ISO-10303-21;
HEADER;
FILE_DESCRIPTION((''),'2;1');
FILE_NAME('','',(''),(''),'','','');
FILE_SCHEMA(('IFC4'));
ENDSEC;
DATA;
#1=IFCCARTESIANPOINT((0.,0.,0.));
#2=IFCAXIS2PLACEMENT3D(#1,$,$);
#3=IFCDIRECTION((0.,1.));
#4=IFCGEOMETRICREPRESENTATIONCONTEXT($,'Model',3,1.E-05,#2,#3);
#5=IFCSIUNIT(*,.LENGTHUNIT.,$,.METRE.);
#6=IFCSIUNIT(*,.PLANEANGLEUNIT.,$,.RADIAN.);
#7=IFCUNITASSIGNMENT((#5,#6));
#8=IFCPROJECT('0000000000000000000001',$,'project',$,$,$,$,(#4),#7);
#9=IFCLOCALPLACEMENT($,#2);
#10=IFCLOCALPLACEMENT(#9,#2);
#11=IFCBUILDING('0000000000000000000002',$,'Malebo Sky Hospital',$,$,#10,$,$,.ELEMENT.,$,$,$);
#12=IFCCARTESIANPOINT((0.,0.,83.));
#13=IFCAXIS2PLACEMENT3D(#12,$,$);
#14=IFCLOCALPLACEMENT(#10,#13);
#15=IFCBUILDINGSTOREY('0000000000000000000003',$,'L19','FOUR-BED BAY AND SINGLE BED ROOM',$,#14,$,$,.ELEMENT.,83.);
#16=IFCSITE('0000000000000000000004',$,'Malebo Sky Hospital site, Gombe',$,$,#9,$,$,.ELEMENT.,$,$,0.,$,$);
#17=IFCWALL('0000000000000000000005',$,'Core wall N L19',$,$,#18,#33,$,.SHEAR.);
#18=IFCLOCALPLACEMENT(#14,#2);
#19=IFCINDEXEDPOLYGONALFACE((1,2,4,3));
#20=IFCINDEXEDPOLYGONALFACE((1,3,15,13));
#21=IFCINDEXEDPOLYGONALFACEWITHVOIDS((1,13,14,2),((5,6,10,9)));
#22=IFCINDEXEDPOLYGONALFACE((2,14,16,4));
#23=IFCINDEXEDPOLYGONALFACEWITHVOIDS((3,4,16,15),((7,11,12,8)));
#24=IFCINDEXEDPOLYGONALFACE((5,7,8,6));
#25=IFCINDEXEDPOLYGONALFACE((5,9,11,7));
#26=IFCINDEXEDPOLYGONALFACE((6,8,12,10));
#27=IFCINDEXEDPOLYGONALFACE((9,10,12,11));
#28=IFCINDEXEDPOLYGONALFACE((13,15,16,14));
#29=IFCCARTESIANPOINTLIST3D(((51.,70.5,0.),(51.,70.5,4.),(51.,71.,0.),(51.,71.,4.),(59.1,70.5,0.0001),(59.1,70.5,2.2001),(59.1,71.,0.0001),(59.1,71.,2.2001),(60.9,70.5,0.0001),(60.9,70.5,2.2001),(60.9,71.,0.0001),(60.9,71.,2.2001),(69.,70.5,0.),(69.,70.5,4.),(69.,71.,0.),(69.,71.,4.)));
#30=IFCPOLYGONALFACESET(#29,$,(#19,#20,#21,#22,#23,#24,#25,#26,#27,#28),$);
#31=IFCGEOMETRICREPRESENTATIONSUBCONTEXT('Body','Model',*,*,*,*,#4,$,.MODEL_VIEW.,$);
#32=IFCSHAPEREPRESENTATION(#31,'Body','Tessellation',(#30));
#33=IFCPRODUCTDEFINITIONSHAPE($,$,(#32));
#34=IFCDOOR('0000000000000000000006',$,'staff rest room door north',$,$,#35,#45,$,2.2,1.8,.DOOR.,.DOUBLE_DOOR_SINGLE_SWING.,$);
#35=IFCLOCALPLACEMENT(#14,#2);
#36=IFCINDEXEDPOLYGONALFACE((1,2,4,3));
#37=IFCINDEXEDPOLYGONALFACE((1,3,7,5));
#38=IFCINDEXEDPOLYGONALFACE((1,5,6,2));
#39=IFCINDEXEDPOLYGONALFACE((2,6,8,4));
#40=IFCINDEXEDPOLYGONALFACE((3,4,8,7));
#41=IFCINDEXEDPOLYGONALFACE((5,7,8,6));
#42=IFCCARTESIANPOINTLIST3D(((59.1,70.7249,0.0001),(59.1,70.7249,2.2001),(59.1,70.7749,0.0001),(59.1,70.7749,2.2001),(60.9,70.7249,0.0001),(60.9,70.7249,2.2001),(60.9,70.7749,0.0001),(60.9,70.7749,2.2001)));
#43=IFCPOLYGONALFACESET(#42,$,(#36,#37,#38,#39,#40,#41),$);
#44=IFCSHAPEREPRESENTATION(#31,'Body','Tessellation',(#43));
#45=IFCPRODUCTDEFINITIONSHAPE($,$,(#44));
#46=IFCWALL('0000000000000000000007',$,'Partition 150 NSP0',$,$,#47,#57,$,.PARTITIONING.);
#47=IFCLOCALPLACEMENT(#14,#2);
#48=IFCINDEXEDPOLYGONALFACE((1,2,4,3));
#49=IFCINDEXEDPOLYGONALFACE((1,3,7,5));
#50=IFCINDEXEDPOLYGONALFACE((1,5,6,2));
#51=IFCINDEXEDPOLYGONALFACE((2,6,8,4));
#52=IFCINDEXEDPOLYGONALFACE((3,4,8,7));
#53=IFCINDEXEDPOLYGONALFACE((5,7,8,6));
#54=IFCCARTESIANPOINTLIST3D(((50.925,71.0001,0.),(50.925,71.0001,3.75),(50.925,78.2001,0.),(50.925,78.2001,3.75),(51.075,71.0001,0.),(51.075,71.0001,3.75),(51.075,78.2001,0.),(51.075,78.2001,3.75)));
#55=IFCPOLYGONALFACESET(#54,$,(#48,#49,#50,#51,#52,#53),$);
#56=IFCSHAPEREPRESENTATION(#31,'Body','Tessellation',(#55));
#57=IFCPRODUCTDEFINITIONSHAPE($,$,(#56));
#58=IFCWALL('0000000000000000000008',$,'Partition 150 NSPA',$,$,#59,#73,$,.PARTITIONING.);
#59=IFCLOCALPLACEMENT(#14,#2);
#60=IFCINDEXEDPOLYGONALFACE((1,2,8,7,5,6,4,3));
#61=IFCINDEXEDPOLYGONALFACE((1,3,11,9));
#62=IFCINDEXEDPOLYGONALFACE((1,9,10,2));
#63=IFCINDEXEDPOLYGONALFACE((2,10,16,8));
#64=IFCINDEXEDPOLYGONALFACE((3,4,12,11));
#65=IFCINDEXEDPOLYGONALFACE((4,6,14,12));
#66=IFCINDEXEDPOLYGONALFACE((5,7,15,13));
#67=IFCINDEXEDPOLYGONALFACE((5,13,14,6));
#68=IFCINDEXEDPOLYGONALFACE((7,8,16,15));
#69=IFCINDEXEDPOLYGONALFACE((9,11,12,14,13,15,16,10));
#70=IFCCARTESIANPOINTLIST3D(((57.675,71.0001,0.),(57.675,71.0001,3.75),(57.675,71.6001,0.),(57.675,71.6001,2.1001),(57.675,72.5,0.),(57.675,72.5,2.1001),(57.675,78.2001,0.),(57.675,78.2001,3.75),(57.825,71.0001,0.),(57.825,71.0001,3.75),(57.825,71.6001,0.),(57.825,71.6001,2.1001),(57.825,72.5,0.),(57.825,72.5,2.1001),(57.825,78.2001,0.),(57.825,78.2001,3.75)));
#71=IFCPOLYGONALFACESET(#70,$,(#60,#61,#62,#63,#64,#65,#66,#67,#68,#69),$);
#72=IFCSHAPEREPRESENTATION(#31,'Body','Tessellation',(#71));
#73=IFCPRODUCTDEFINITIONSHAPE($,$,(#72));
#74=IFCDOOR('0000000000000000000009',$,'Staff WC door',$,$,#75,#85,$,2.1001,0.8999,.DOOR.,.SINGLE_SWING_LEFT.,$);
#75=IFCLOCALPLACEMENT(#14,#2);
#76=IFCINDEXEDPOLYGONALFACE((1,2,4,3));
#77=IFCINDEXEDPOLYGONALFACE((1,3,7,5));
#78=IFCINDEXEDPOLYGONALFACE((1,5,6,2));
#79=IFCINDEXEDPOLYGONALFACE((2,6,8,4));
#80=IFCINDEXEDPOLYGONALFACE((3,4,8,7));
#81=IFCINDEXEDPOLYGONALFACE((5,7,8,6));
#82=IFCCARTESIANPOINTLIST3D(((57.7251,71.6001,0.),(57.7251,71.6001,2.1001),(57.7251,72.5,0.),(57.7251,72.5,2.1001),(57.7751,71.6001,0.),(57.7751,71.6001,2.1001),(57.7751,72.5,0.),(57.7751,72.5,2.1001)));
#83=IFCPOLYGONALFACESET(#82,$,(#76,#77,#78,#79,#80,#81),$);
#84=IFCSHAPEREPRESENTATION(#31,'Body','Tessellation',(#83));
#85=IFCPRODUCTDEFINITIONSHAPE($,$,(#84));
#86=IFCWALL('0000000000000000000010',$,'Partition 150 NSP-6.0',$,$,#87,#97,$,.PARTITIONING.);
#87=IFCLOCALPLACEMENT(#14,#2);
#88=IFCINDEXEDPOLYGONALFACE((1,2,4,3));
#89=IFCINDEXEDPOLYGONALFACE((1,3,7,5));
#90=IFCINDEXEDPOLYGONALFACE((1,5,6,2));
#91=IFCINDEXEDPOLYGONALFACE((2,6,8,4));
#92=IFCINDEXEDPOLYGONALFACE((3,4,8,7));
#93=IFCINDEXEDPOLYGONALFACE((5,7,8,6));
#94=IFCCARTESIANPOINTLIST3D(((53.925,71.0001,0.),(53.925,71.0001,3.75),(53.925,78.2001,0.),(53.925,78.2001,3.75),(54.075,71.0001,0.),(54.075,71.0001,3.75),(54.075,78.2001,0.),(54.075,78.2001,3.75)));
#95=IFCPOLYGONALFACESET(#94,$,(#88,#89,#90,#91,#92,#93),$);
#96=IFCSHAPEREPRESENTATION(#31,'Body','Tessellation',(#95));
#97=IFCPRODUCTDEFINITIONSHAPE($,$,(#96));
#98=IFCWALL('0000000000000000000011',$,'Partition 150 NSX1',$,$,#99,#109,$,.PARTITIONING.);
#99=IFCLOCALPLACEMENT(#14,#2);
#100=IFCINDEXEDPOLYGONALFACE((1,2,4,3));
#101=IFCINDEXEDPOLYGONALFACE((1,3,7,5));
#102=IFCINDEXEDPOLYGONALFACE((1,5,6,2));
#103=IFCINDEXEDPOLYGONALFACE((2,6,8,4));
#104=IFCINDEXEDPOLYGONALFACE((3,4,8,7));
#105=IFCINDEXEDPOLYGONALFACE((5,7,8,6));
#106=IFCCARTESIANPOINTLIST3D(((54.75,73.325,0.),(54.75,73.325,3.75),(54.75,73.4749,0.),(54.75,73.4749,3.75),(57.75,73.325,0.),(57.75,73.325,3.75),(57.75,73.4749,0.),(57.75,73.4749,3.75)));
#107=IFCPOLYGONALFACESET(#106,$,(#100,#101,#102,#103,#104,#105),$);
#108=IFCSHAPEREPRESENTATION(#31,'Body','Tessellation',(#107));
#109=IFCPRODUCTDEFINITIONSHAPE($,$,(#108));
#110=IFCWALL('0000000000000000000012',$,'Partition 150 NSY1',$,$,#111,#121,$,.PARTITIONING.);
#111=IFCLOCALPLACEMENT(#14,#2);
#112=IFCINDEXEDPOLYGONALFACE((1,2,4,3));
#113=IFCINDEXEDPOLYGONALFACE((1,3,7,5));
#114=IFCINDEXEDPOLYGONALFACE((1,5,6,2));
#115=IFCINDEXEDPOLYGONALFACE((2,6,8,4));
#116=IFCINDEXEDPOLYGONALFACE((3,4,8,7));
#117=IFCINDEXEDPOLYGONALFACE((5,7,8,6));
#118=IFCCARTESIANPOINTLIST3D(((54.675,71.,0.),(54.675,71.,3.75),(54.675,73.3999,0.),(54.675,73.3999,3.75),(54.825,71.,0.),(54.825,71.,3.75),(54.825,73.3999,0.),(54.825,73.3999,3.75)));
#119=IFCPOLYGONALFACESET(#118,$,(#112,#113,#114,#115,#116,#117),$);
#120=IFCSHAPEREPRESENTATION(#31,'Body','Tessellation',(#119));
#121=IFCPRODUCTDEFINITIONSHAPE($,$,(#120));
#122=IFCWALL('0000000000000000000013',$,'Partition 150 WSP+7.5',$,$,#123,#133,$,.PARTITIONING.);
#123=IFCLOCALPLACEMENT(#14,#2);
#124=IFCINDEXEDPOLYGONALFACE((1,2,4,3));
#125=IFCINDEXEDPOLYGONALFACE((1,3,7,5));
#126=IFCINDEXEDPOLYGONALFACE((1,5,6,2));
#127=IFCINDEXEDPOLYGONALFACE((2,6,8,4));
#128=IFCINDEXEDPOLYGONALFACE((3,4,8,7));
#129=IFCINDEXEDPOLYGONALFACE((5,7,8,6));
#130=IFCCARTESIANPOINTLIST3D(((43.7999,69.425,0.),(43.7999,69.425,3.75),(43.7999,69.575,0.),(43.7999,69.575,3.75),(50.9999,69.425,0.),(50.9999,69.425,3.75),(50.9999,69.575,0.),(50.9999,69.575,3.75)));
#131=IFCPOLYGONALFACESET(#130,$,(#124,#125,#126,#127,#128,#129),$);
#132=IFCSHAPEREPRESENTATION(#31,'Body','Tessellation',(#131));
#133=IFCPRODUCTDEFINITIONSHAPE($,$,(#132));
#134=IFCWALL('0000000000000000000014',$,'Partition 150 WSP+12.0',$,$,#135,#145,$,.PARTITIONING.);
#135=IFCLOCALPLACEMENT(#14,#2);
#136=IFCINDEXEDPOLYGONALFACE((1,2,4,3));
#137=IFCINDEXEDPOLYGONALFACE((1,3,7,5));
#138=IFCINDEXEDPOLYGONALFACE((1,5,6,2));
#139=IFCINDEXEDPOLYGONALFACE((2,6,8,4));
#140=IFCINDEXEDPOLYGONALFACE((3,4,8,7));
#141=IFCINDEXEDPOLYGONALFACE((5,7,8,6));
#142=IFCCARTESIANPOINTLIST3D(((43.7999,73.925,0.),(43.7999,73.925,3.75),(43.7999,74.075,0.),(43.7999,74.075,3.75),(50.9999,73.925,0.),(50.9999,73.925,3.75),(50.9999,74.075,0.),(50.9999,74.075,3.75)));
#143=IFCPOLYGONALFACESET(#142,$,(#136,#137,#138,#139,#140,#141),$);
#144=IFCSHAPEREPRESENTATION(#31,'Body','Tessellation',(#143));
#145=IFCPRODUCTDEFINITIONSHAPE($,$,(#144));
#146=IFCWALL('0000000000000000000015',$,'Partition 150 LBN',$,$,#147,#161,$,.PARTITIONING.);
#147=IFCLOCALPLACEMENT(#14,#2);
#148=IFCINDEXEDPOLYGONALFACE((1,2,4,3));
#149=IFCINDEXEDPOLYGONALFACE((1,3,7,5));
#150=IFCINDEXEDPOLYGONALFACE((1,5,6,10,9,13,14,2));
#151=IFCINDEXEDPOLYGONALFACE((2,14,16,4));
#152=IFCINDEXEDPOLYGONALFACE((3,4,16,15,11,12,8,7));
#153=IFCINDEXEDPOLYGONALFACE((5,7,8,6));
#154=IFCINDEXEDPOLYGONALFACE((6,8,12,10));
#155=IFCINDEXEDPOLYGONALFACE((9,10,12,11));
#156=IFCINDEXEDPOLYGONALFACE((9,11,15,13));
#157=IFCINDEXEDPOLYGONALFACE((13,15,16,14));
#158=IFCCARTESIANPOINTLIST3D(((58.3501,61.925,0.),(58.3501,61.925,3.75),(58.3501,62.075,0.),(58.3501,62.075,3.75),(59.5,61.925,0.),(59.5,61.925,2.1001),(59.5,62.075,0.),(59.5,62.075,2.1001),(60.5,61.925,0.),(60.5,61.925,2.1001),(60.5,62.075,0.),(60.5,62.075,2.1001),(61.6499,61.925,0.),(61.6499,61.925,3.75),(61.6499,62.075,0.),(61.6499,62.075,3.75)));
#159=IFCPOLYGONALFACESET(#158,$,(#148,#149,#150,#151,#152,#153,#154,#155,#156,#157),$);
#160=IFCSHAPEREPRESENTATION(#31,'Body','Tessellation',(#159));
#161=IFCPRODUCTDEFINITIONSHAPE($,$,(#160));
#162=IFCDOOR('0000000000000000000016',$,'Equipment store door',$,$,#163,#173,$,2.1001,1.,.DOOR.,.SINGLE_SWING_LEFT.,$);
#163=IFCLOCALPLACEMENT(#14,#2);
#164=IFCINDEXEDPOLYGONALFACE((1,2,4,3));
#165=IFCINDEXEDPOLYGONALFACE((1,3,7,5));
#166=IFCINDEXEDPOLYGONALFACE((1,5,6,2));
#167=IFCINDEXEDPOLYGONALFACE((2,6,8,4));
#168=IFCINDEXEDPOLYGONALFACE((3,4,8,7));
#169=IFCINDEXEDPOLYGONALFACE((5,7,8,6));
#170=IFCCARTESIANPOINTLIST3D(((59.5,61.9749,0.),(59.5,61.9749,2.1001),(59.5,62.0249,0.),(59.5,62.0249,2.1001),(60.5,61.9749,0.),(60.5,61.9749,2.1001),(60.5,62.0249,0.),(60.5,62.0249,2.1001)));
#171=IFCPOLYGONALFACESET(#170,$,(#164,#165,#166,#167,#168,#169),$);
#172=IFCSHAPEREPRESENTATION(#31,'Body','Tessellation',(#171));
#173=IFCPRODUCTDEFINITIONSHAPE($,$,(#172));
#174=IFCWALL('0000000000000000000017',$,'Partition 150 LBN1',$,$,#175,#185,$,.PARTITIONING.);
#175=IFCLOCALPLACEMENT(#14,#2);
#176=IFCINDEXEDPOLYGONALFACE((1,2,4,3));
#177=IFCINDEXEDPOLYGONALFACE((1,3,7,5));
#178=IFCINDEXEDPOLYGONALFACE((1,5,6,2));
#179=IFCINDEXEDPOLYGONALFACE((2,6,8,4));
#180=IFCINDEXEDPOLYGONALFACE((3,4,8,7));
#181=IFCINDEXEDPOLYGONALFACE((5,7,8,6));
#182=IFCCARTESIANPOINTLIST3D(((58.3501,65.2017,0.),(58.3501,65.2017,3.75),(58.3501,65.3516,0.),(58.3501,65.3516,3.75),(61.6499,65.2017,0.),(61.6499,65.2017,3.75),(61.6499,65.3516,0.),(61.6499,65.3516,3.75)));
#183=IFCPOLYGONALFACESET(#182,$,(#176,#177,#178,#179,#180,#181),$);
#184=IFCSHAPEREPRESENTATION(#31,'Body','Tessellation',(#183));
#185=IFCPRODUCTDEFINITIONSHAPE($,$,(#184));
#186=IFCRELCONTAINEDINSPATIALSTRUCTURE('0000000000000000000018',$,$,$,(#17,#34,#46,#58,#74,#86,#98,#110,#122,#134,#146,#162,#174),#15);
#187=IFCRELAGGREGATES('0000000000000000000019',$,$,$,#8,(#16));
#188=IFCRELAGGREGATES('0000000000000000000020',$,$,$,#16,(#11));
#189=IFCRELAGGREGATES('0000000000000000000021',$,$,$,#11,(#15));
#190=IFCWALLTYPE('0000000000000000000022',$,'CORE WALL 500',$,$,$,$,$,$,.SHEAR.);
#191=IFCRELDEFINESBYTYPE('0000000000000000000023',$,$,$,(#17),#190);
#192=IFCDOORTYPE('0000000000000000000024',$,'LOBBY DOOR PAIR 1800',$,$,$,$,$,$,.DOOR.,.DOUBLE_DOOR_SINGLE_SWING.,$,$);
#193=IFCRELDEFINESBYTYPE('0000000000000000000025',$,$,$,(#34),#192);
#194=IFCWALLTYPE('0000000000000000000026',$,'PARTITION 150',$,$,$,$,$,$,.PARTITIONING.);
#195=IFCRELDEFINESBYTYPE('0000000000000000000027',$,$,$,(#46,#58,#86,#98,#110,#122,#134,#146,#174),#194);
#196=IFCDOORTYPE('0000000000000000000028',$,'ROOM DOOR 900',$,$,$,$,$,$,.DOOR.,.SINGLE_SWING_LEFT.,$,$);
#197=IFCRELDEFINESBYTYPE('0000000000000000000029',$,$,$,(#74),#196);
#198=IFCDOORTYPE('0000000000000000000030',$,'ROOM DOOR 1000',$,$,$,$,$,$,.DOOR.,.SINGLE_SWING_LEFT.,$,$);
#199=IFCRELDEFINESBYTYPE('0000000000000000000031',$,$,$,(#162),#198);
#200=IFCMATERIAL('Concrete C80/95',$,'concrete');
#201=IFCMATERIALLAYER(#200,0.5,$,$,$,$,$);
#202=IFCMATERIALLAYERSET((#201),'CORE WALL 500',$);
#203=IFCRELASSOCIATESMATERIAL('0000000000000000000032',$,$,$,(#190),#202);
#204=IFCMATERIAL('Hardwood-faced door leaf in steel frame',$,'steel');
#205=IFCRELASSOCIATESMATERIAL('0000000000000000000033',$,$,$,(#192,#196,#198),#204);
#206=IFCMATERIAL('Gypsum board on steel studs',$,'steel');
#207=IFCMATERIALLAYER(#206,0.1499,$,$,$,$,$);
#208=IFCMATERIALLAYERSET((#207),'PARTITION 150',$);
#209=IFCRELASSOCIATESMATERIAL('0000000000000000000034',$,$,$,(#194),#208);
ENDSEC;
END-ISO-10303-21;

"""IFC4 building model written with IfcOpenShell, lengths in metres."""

from ifc_helpers import new_model, si_unit, direction, frame, frame_2d, origin, place, context, subcontext, project, spatial, rectangle, extrude, material, layer, layer_set, type_object, element, fill, save


model = new_model("IFC4")

# Units and contexts
model_context = context("Model", 3, precision=1e-05, world=origin(), true_north=direction((0.0, 1.0)))
body_context = subcontext(model_context, "Body", "Model", "MODEL_VIEW")
ifc_project = project(units=[si_unit("LENGTHUNIT", "METRE"), si_unit("PLANEANGLEUNIT", "RADIAN")], contexts=[model_context])

# Site, building, storey
site_placement = place(None, origin())
site = spatial("IfcSite", under=ifc_project, at=site_placement, Name="Malebo Sky Hospital site, Gombe", CompositionType="ELEMENT", RefElevation=0.0)
building_placement = place(site_placement, origin())
building = spatial("IfcBuilding", under=site, at=building_placement, Name="Malebo Sky Hospital", CompositionType="ELEMENT")
storey_placement = place(building_placement, frame((0.0, 0.0, 83.0)))
storey = spatial("IfcBuildingStorey", under=building, at=storey_placement, Name="L19", Description="FOUR-BED BAY AND SINGLE BED ROOM", CompositionType="ELEMENT", Elevation=83.0)

# Shared definitions
ifc_material_1 = material(Name="Concrete C80/95", Category="concrete")

# Wall, opening, door
ifc_material_2 = material(Name="Hardwood-faced door leaf in steel frame", Category="steel")
ifc_layer_1 = layer(ifc_material_1, 0.5)
ifc_layer_set_1 = layer_set([ifc_layer_1], Name="CORE WALL 500")
wall_type_1 = type_object("IfcWallType", Name="CORE WALL 500", PredefinedType="SHEAR", material=ifc_layer_set_1)
wall_1_placement = place(storey_placement, frame((51.0, 70.75, 0.0), z_axis=(0.0, 0.0, 1.0), x_axis=(1.0, 0.0, 0.0)))
wall_1 = element("IfcWall", 1, at=wall_1_placement, inside=storey, type_object=wall_type_1, Name="Core wall N L19", PredefinedType="SHEAR", context=body_context, shape_type="SweptSolid", body=[
    extrude(rectangle(XDim=18.0, YDim=0.5, at=frame_2d((9.0, 0.0))), origin(), (0.0, 0.0, 1.0), 4.0),
])
opening_1_placement = place(wall_1_placement, frame((8.1001, 0.0, 0.0)))
opening_1 = element("IfcOpeningElement", 2, at=opening_1_placement, cuts=wall_1, PredefinedType="OPENING", context=body_context, shape_type="SweptSolid", body=[
    extrude(rectangle(XDim=1.8, YDim=2.2, at=frame_2d((0.8999, 1.1001))), frame((0.0, 0.26, 0.0), z_axis=(0.0, -1.0, 0.0), x_axis=(1.0, 0.0, 0.0)), (0.0, 0.0, 1.0), 0.52),
])
door_type_1 = type_object("IfcDoorType", Name="LOBBY DOOR PAIR 1800", OperationType="DOUBLE_DOOR_SINGLE_SWING", PredefinedType="DOOR", material=ifc_material_2)
door_1_placement = place(opening_1_placement, origin())
door_1 = element("IfcDoor", 3, at=door_1_placement, inside=storey, type_object=door_type_1, Name="staff rest room door north", OperationType="DOUBLE_DOOR_SINGLE_SWING", OverallHeight=2.2, OverallWidth=1.8, PredefinedType="DOOR", context=body_context, shape_type="SweptSolid", body=[
    extrude(rectangle(XDim=1.8, YDim=2.2, at=frame_2d((0.8999, 1.1001))), frame((0.0, 0.0249, 0.0), z_axis=(0.0, -1.0, 0.0), x_axis=(1.0, 0.0, 0.0)), (0.0, 0.0, 1.0), 0.05),
])
fill(opening_1, door_1)

# Wall
ifc_material_3 = material(Name="Gypsum board on steel studs", Category="steel")
ifc_layer_2 = layer(ifc_material_3, 0.1499)
ifc_layer_set_2 = layer_set([ifc_layer_2], Name="PARTITION 150")
wall_type_2 = type_object("IfcWallType", Name="PARTITION 150", PredefinedType="PARTITIONING", material=ifc_layer_set_2)
wall_2_placement = place(storey_placement, frame((51.0, 71.0, 0.0), z_axis=(0.0, 0.0, 1.0), x_axis=(0.0, 1.0, 0.0)))
element("IfcWall", 4, at=wall_2_placement, inside=storey, type_object=wall_type_2, Name="Partition 150 NSP0", PredefinedType="PARTITIONING", context=body_context, shape_type="SweptSolid", body=[
    extrude(rectangle(XDim=7.2, YDim=0.1499, at=frame_2d((3.6001, 0.0))), origin(), (0.0, 0.0, 1.0), 3.75),
])

# Wall, opening, door
wall_3_placement = place(storey_placement, frame((57.75, 71.0, 0.0), z_axis=(0.0, 0.0, 1.0), x_axis=(0.0, 1.0, 0.0)))
wall_3 = element("IfcWall", 5, at=wall_3_placement, inside=storey, type_object=wall_type_2, Name="Partition 150 NSPA", PredefinedType="PARTITIONING", context=body_context, shape_type="SweptSolid", body=[
    extrude(rectangle(XDim=7.2, YDim=0.1499, at=frame_2d((3.6001, 0.0))), origin(), (0.0, 0.0, 1.0), 3.75),
])
opening_2_placement = place(wall_3_placement, frame((0.6001, 0.0, 0.0)))
opening_2 = element("IfcOpeningElement", 6, at=opening_2_placement, cuts=wall_3, PredefinedType="OPENING", context=body_context, shape_type="SweptSolid", body=[
    extrude(rectangle(XDim=0.8999, YDim=2.1001, at=frame_2d((0.45, 1.05))), frame((0.0, 0.085, 0.0), z_axis=(0.0, -1.0, 0.0), x_axis=(1.0, 0.0, 0.0)), (0.0, 0.0, 1.0), 0.1699),
])
door_type_2 = type_object("IfcDoorType", Name="ROOM DOOR 900", OperationType="SINGLE_SWING_LEFT", PredefinedType="DOOR", material=ifc_material_2)
door_2_placement = place(opening_2_placement, origin())
door_2 = element("IfcDoor", 7, at=door_2_placement, inside=storey, type_object=door_type_2, Name="Staff WC door", OperationType="SINGLE_SWING_LEFT", OverallHeight=2.1001, OverallWidth=0.8999, PredefinedType="DOOR", context=body_context, shape_type="SweptSolid", body=[
    extrude(rectangle(XDim=0.8999, YDim=2.1001, at=frame_2d((0.45, 1.05))), frame((0.0, 0.0249, 0.0), z_axis=(0.0, -1.0, 0.0), x_axis=(1.0, 0.0, 0.0)), (0.0, 0.0, 1.0), 0.05),
])
fill(opening_2, door_2)

# Walls
wall_4_placement = place(storey_placement, frame((54.0, 71.0, 0.0), z_axis=(0.0, 0.0, 1.0), x_axis=(0.0, 1.0, 0.0)))
element("IfcWall", 8, at=wall_4_placement, inside=storey, type_object=wall_type_2, Name="Partition 150 NSP-6.0", PredefinedType="PARTITIONING", context=body_context, shape_type="SweptSolid", body=[
    extrude(rectangle(XDim=7.2, YDim=0.1499, at=frame_2d((3.6001, 0.0))), origin(), (0.0, 0.0, 1.0), 3.75),
])
wall_5_placement = place(storey_placement, frame((54.75, 73.3999, 0.0), z_axis=(0.0, 0.0, 1.0), x_axis=(1.0, 0.0, 0.0)))
element("IfcWall", 9, at=wall_5_placement, inside=storey, type_object=wall_type_2, Name="Partition 150 NSX1", PredefinedType="PARTITIONING", context=body_context, shape_type="SweptSolid", body=[
    extrude(rectangle(XDim=3.0, YDim=0.1499, at=frame_2d((1.5, 0.0))), origin(), (0.0, 0.0, 1.0), 3.75),
])
wall_6_placement = place(storey_placement, frame((54.75, 71.0, 0.0), z_axis=(0.0, 0.0, 1.0), x_axis=(0.0, 1.0, 0.0)))
element("IfcWall", 10, at=wall_6_placement, inside=storey, type_object=wall_type_2, Name="Partition 150 NSY1", PredefinedType="PARTITIONING", context=body_context, shape_type="SweptSolid", body=[
    extrude(rectangle(XDim=2.3999, YDim=0.1499, at=frame_2d((1.2, 0.0))), origin(), (0.0, 0.0, 1.0), 3.75),
])
for number, where, z_axis, x_axis, name in (
    (11, (51.0, 69.5, 0.0), (0.0, 0.0, 1.0), (-1.0, 0.0, 0.0), "Partition 150 WSP+7.5"),
    (12, (51.0, 74.0, 0.0), (0.0, 0.0, 1.0), (-1.0, 0.0, 0.0), "Partition 150 WSP+12.0"),
):
    element("IfcWall", number, at=place(storey_placement, frame(where, z_axis=z_axis, x_axis=x_axis)), inside=storey, type_object=wall_type_2, Name=name, PredefinedType="PARTITIONING", context=body_context, shape_type="SweptSolid", body=[
        extrude(rectangle(XDim=7.2, YDim=0.1499, at=frame_2d((3.6001, 0.0))), origin(), (0.0, 0.0, 1.0), 3.75),
    ])

# Wall, opening, door
wall_7_placement = place(storey_placement, frame((58.3501, 62.0, 0.0), z_axis=(0.0, 0.0, 1.0), x_axis=(1.0, 0.0, 0.0)))
wall_7 = element("IfcWall", 13, at=wall_7_placement, inside=storey, type_object=wall_type_2, Name="Partition 150 LBN", PredefinedType="PARTITIONING", context=body_context, shape_type="SweptSolid", body=[
    extrude(rectangle(XDim=3.2998, YDim=0.1499, at=frame_2d((1.6499, 0.0))), origin(), (0.0, 0.0, 1.0), 3.75),
])
opening_3_placement = place(wall_7_placement, frame((1.1499, 0.0, 0.0)))
opening_3 = element("IfcOpeningElement", 14, at=opening_3_placement, cuts=wall_7, PredefinedType="OPENING", context=body_context, shape_type="SweptSolid", body=[
    extrude(rectangle(XDim=1.0, YDim=2.1001, at=frame_2d((0.5, 1.05))), frame((0.0, 0.085, 0.0), z_axis=(0.0, -1.0, 0.0), x_axis=(1.0, 0.0, 0.0)), (0.0, 0.0, 1.0), 0.1699),
])
door_type_3 = type_object("IfcDoorType", Name="ROOM DOOR 1000", OperationType="SINGLE_SWING_LEFT", PredefinedType="DOOR", material=ifc_material_2)
door_3_placement = place(opening_3_placement, origin())
door_3 = element("IfcDoor", 15, at=door_3_placement, inside=storey, type_object=door_type_3, Name="Equipment store door", OperationType="SINGLE_SWING_LEFT", OverallHeight=2.1001, OverallWidth=1.0, PredefinedType="DOOR", context=body_context, shape_type="SweptSolid", body=[
    extrude(rectangle(XDim=1.0, YDim=2.1001, at=frame_2d((0.5, 1.05))), frame((0.0, 0.0249, 0.0), z_axis=(0.0, -1.0, 0.0), x_axis=(1.0, 0.0, 0.0)), (0.0, 0.0, 1.0), 0.05),
])
fill(opening_3, door_3)

# Wall
wall_8_placement = place(storey_placement, frame((58.3501, 65.2766, 0.0), z_axis=(0.0, 0.0, 1.0), x_axis=(1.0, 0.0, 0.0)))
element("IfcWall", 16, at=wall_8_placement, inside=storey, type_object=wall_type_2, Name="Partition 150 LBN1", PredefinedType="PARTITIONING", context=body_context, shape_type="SweptSolid", body=[
    extrude(rectangle(XDim=3.2998, YDim=0.1499, at=frame_2d((1.6499, 0.0))), origin(), (0.0, 0.0, 1.0), 3.75),
])

save(model, "model.ifc")
